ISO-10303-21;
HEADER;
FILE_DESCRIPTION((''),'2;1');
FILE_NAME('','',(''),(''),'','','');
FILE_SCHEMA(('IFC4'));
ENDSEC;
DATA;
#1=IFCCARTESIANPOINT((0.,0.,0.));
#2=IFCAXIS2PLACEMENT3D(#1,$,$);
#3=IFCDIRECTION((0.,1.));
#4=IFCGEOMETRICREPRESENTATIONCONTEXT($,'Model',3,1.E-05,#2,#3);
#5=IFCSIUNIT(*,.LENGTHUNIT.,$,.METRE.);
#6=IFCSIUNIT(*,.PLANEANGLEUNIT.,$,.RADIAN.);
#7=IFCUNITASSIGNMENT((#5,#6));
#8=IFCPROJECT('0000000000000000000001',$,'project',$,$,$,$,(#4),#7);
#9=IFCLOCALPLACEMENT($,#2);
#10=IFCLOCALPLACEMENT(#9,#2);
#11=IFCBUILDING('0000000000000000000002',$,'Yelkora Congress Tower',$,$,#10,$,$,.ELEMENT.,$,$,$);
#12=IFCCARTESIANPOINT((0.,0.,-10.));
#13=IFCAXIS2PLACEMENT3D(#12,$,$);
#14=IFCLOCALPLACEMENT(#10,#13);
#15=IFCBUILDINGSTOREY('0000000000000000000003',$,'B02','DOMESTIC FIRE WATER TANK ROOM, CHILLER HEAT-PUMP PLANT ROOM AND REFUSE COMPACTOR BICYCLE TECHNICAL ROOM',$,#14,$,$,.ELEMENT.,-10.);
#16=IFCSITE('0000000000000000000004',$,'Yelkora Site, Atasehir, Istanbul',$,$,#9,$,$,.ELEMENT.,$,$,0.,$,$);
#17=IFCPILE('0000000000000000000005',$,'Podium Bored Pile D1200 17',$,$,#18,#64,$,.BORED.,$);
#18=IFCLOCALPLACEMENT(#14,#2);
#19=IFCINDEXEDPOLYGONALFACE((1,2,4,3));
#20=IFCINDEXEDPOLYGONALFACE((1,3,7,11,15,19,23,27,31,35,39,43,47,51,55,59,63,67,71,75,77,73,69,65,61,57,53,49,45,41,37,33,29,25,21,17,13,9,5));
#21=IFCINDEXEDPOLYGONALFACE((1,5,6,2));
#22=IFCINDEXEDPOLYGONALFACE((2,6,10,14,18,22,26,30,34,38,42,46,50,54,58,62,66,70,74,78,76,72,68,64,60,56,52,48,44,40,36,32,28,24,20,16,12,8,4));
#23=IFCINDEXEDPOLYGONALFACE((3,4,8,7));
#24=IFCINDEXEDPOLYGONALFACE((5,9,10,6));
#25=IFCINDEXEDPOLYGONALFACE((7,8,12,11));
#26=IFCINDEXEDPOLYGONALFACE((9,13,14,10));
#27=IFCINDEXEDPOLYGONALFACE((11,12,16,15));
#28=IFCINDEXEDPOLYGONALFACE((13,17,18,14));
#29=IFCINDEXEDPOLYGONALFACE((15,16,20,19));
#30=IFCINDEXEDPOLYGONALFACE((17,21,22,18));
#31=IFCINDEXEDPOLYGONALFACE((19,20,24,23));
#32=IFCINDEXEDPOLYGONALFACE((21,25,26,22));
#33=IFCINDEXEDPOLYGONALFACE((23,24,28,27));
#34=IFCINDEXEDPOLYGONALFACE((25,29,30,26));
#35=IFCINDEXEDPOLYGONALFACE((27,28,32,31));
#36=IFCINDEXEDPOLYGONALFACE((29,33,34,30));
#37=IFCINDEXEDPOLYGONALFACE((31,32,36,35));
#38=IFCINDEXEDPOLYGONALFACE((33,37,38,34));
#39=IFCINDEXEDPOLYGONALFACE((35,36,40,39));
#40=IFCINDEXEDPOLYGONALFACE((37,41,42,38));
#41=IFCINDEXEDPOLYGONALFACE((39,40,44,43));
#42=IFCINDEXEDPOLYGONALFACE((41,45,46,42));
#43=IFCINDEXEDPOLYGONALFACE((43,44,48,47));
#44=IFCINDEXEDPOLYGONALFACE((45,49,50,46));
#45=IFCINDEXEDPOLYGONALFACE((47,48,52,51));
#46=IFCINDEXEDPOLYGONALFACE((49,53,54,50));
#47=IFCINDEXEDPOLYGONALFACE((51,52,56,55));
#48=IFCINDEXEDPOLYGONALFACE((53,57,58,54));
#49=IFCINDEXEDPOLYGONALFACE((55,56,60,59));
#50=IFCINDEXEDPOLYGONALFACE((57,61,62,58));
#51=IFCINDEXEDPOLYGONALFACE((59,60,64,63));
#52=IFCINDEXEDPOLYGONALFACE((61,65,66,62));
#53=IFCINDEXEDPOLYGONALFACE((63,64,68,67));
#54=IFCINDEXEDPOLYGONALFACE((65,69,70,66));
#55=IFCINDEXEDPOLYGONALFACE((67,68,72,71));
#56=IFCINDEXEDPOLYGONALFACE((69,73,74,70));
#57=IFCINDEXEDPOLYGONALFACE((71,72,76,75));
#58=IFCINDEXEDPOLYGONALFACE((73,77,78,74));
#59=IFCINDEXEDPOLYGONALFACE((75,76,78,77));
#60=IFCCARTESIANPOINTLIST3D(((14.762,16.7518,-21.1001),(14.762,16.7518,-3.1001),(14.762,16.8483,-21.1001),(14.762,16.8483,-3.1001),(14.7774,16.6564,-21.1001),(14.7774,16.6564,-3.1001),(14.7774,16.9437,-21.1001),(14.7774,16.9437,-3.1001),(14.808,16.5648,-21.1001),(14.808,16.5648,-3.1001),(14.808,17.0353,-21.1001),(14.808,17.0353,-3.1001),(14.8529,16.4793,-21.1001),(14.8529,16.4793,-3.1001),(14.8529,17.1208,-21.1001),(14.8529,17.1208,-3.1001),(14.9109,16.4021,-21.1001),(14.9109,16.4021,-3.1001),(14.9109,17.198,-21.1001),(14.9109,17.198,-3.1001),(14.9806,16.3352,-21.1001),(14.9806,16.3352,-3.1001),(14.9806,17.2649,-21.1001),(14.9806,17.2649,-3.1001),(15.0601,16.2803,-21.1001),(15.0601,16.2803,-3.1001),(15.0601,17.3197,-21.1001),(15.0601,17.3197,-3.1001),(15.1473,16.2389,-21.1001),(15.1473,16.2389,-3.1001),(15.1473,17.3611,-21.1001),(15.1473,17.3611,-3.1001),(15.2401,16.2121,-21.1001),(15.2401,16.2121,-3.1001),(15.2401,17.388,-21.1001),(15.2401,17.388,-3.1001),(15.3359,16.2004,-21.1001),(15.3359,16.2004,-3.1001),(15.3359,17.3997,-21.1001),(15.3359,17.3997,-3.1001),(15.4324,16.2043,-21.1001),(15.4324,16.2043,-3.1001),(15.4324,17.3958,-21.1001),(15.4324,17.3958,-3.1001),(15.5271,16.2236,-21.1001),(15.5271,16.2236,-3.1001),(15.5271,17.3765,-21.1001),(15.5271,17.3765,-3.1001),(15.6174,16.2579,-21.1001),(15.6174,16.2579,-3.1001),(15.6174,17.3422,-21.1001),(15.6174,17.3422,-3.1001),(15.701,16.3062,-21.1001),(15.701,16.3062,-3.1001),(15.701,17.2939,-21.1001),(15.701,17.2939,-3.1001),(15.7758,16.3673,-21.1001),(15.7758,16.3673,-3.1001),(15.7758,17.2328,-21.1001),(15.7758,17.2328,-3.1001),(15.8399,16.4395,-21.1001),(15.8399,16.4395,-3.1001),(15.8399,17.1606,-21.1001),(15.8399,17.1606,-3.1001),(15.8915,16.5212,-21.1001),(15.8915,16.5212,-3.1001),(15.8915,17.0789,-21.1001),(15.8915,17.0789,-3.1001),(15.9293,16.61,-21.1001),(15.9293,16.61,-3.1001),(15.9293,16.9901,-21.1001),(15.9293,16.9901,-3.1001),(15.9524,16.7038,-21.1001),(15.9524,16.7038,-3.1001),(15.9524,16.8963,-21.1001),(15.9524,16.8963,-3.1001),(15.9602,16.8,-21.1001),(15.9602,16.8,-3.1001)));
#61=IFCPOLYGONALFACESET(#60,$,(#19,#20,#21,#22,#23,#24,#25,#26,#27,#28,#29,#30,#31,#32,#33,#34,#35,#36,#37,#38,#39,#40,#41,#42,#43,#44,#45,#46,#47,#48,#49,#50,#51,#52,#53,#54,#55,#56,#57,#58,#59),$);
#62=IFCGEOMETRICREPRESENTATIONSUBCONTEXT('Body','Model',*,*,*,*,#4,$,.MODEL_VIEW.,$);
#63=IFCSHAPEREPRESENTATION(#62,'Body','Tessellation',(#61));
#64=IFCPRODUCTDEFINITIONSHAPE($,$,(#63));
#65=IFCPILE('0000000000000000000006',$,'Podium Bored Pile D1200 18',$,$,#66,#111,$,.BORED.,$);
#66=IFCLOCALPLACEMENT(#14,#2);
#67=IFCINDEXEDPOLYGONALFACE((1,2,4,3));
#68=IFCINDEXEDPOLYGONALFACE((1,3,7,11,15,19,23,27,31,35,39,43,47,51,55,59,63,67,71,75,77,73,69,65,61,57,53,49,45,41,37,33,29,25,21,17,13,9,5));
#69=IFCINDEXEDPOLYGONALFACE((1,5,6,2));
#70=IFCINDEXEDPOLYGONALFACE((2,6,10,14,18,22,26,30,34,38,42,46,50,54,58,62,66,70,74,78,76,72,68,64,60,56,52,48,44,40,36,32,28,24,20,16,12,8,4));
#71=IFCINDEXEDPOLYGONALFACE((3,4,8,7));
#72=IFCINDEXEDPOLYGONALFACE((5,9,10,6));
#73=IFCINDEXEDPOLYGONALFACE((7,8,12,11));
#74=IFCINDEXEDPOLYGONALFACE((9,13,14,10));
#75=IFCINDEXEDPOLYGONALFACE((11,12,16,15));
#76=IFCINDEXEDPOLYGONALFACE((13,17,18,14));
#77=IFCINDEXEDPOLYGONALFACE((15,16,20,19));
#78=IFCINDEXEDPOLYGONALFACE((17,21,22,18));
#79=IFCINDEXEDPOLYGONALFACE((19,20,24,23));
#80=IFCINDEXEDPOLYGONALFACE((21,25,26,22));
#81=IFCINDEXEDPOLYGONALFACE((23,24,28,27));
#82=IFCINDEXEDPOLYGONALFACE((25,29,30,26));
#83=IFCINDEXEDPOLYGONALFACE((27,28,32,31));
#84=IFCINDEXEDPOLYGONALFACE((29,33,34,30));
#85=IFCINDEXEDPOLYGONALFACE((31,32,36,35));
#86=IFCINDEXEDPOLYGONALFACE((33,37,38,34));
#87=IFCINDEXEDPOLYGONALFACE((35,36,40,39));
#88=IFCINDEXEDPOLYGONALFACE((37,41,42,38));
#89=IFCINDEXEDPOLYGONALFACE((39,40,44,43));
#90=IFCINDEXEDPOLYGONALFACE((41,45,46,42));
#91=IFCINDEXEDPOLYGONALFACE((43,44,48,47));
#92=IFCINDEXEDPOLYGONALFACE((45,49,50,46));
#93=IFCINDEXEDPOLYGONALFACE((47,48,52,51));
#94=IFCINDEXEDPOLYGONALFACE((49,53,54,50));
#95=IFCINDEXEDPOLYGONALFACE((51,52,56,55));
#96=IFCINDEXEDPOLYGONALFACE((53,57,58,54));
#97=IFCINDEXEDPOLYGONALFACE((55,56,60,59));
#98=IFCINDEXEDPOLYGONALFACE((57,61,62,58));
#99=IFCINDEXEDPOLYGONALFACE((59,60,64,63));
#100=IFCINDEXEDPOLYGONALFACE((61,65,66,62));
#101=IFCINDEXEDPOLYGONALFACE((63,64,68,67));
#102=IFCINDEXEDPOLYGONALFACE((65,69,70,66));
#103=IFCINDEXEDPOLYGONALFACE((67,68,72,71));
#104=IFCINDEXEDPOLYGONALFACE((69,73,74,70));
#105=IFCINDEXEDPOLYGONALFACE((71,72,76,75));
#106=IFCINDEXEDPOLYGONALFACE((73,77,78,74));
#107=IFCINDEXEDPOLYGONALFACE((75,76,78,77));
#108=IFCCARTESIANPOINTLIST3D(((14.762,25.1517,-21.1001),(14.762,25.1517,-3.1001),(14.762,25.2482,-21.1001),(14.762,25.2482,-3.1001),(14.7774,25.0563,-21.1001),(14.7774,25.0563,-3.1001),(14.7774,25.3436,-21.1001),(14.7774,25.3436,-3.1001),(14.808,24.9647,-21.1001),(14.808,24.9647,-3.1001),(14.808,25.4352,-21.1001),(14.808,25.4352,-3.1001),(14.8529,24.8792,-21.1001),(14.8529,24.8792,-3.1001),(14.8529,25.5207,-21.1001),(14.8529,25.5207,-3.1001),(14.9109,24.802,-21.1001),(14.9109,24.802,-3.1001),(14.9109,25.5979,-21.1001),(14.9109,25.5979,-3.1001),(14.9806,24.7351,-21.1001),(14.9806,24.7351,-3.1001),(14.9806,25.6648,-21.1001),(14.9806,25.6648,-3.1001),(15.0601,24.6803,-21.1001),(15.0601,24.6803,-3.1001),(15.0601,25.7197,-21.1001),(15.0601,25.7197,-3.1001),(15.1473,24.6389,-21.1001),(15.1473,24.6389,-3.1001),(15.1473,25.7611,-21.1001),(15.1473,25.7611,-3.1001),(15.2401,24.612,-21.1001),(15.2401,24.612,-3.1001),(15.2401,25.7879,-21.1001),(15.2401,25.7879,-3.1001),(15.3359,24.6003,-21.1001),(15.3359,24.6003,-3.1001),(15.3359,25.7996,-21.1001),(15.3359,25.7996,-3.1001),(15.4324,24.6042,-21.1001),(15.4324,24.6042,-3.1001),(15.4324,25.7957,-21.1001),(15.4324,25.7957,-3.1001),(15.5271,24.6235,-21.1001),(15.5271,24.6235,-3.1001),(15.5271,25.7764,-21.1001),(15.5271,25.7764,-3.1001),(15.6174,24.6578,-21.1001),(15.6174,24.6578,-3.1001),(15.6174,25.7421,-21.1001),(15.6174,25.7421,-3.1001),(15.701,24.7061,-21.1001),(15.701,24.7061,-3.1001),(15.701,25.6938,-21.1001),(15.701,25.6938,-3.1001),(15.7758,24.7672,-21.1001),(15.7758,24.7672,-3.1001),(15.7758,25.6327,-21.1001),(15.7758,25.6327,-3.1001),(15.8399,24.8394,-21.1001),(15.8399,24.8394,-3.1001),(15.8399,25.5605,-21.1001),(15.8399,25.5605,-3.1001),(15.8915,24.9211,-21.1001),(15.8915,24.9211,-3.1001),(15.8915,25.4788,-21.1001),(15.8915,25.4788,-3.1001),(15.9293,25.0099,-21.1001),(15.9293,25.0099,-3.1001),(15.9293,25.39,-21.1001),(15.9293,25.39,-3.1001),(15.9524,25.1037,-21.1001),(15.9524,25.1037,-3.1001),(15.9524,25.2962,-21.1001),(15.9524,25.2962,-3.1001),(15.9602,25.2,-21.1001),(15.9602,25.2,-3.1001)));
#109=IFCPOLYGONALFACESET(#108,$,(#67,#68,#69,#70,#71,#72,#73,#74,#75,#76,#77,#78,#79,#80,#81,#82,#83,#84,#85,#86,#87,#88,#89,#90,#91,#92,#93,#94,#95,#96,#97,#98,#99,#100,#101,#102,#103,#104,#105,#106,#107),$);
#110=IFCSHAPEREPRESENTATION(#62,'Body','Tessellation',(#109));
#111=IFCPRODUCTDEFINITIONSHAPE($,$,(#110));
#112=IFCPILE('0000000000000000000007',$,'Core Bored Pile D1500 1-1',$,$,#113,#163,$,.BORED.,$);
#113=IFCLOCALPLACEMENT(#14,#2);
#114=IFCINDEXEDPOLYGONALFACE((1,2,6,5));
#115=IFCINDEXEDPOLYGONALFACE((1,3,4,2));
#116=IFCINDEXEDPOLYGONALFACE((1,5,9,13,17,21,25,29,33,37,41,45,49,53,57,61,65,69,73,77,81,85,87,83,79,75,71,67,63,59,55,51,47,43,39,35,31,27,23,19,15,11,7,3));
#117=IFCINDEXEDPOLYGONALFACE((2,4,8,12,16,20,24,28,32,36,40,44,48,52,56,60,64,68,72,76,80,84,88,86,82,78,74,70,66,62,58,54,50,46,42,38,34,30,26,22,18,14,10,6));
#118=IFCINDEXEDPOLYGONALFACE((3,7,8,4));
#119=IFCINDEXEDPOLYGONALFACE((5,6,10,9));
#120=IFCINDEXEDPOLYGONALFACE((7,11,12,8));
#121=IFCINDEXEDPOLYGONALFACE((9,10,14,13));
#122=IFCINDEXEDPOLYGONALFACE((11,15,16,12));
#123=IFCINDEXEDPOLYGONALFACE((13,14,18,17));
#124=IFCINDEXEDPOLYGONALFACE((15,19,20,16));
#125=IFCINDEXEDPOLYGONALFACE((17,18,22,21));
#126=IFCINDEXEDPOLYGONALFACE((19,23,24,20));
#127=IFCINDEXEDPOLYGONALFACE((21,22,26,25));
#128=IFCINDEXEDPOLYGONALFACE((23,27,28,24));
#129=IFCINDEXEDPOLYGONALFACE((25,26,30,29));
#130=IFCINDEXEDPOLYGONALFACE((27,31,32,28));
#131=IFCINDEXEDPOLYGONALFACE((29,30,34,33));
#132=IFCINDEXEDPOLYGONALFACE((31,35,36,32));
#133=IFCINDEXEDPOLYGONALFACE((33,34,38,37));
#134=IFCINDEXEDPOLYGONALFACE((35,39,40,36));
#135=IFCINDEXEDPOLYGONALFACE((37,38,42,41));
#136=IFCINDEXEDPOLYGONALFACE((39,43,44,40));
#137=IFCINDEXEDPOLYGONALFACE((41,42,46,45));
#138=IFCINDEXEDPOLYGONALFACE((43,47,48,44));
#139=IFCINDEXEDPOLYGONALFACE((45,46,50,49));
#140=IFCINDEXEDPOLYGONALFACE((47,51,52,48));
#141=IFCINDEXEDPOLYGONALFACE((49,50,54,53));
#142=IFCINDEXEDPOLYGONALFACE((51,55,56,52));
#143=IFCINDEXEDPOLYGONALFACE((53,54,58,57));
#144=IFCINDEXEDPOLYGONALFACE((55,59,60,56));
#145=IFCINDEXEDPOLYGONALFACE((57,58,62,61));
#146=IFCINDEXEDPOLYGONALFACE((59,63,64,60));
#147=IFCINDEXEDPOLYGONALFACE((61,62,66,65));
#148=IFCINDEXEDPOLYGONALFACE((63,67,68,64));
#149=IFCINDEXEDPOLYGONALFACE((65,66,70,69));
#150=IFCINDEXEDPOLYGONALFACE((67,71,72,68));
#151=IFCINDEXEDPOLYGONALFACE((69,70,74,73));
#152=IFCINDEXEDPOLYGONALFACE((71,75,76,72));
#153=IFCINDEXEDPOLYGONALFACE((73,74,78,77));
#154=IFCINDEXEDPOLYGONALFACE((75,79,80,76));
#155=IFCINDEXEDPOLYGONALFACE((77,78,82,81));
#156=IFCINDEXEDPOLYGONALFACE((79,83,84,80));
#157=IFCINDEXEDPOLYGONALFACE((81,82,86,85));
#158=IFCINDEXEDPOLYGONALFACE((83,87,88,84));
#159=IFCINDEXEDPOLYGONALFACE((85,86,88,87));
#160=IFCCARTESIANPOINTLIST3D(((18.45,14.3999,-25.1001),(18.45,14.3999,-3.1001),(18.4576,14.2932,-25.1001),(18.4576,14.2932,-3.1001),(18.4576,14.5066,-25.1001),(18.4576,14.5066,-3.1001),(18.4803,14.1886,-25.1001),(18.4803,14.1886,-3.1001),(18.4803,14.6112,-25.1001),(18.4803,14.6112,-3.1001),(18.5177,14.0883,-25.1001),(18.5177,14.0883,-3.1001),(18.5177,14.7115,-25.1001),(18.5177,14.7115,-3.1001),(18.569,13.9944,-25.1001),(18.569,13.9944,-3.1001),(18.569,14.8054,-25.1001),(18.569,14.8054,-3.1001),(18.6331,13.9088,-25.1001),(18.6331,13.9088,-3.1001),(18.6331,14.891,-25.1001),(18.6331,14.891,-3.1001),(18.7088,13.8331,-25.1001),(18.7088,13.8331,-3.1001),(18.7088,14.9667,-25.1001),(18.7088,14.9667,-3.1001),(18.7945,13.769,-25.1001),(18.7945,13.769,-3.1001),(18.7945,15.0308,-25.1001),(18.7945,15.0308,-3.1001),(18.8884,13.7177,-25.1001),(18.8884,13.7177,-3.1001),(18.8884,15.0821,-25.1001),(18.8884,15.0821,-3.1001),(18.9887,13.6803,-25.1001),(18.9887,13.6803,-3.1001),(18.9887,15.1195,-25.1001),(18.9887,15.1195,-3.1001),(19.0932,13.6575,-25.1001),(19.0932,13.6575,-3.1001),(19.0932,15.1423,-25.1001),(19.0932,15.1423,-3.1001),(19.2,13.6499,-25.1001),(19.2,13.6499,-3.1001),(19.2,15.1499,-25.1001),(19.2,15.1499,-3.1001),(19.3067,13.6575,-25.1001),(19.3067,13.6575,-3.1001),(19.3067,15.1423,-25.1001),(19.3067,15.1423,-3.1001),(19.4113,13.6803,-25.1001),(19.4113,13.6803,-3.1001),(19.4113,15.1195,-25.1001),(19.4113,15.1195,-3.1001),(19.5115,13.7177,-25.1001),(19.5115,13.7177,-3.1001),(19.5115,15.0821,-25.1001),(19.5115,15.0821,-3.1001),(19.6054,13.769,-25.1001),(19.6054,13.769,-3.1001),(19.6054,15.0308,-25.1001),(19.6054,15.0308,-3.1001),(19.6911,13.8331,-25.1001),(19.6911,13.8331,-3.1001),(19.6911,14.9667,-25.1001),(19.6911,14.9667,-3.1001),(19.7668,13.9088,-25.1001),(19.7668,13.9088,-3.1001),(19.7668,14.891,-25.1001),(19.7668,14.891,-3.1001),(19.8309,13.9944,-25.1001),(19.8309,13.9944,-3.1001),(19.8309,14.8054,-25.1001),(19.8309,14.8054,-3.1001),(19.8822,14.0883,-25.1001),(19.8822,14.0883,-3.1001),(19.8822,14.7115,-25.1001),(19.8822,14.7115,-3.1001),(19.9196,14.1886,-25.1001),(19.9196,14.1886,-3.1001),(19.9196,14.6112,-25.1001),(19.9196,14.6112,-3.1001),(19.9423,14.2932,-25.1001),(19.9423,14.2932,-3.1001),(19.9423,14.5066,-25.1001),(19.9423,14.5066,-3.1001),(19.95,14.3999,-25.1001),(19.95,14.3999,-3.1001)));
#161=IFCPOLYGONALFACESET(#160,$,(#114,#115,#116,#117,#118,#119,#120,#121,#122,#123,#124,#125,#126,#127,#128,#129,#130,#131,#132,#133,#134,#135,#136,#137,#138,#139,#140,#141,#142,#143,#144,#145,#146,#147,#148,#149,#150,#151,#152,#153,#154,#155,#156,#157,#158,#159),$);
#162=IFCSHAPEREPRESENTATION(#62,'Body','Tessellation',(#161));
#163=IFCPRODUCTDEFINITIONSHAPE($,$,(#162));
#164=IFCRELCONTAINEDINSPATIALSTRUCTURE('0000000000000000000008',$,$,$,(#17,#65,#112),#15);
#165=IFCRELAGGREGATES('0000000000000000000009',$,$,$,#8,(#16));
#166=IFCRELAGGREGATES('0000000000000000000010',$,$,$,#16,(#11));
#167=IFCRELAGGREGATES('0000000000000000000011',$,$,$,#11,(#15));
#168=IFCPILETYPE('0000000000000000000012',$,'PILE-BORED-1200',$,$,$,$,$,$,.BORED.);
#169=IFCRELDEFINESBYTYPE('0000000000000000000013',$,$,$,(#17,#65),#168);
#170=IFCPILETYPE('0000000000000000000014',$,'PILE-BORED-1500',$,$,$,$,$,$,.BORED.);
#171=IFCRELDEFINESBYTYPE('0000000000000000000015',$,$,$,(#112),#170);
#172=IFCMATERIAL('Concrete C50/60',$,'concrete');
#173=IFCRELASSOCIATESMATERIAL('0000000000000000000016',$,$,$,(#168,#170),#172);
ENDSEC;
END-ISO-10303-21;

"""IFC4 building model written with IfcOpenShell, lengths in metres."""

from ifc_helpers import new_model, si_unit, direction, frame, origin, origin_2d, place, context, subcontext, project, spatial, circle, extrude, material, material_profile, profile_set, type_object, element, save


model = new_model("IFC4")

# Units and contexts
model_context = context("Model", 3, precision=1e-05, world=origin(), true_north=direction((0.0, 1.0)))
body_context = subcontext(model_context, "Body", "Model", "MODEL_VIEW")
ifc_project = project(units=[si_unit("LENGTHUNIT", "METRE"), si_unit("PLANEANGLEUNIT", "RADIAN")], contexts=[model_context])

# Site, building, storey
site_placement = place(None, origin())
site = spatial("IfcSite", under=ifc_project, at=site_placement, Name="Yelkora Site, Atasehir, Istanbul", CompositionType="ELEMENT", RefElevation=0.0)
building_placement = place(site_placement, origin())
building = spatial("IfcBuilding", under=site, at=building_placement, Name="Yelkora Congress Tower", CompositionType="ELEMENT")
storey_placement = place(building_placement, frame((0.0, 0.0, -10.0)))
storey = spatial("IfcBuildingStorey", under=building, at=storey_placement, Name="B02", Description="DOMESTIC FIRE WATER TANK ROOM, CHILLER HEAT-PUMP PLANT ROOM AND REFUSE COMPACTOR BICYCLE TECHNICAL ROOM", CompositionType="ELEMENT", Elevation=-10.0)

# Piles
ifc_material_1 = material(Name="Concrete C50/60", Category="concrete")
ifc_material_profile_1 = material_profile(ifc_material_1, circle(Radius=0.6001, at=origin_2d()), Name="PILE D1200")
ifc_profile_set_1 = profile_set([ifc_material_profile_1], Name="Concrete C50/60")
pile_type_1 = type_object("IfcPileType", Name="PILE-BORED-1200", PredefinedType="BORED", material=ifc_profile_set_1)
for number, where, z_axis, x_axis, name in (
    (1, (15.3601, 16.8, -3.1001), (0.0, 0.0, -1.0), (1.0, 0.0, 0.0), "Podium Bored Pile D1200 17"),
    (2, (15.3601, 25.2, -3.1001), (0.0, 0.0, -1.0), (1.0, 0.0, 0.0), "Podium Bored Pile D1200 18"),
):
    element("IfcPile", number, at=place(storey_placement, frame(where, z_axis=z_axis, x_axis=x_axis)), inside=storey, type_object=pile_type_1, Name=name, PredefinedType="BORED", context=body_context, shape_type="SweptSolid", body=[
        extrude(circle(Radius=0.6001, at=origin_2d()), origin(), (0.0, 0.0, 1.0), 18.0),
    ])
ifc_material_profile_2 = material_profile(ifc_material_1, circle(Radius=0.75, at=origin_2d()), Name="PILE D1500")
ifc_profile_set_2 = profile_set([ifc_material_profile_2], Name="Concrete C50/60")
pile_type_2 = type_object("IfcPileType", Name="PILE-BORED-1500", PredefinedType="BORED", material=ifc_profile_set_2)
for number, where, z_axis, x_axis, name in (
    (3, (19.2, 14.3999, -3.1001), (0.0, 0.0, -1.0), (1.0, 0.0, 0.0), "Core Bored Pile D1500 1-1"),
):
    element("IfcPile", number, at=place(storey_placement, frame(where, z_axis=z_axis, x_axis=x_axis)), inside=storey, type_object=pile_type_2, Name=name, PredefinedType="BORED", context=body_context, shape_type="SweptSolid", body=[
        extrude(circle(Radius=0.75, at=origin_2d()), origin(), (0.0, 0.0, 1.0), 22.0),
    ])

save(model, "model.ifc")
